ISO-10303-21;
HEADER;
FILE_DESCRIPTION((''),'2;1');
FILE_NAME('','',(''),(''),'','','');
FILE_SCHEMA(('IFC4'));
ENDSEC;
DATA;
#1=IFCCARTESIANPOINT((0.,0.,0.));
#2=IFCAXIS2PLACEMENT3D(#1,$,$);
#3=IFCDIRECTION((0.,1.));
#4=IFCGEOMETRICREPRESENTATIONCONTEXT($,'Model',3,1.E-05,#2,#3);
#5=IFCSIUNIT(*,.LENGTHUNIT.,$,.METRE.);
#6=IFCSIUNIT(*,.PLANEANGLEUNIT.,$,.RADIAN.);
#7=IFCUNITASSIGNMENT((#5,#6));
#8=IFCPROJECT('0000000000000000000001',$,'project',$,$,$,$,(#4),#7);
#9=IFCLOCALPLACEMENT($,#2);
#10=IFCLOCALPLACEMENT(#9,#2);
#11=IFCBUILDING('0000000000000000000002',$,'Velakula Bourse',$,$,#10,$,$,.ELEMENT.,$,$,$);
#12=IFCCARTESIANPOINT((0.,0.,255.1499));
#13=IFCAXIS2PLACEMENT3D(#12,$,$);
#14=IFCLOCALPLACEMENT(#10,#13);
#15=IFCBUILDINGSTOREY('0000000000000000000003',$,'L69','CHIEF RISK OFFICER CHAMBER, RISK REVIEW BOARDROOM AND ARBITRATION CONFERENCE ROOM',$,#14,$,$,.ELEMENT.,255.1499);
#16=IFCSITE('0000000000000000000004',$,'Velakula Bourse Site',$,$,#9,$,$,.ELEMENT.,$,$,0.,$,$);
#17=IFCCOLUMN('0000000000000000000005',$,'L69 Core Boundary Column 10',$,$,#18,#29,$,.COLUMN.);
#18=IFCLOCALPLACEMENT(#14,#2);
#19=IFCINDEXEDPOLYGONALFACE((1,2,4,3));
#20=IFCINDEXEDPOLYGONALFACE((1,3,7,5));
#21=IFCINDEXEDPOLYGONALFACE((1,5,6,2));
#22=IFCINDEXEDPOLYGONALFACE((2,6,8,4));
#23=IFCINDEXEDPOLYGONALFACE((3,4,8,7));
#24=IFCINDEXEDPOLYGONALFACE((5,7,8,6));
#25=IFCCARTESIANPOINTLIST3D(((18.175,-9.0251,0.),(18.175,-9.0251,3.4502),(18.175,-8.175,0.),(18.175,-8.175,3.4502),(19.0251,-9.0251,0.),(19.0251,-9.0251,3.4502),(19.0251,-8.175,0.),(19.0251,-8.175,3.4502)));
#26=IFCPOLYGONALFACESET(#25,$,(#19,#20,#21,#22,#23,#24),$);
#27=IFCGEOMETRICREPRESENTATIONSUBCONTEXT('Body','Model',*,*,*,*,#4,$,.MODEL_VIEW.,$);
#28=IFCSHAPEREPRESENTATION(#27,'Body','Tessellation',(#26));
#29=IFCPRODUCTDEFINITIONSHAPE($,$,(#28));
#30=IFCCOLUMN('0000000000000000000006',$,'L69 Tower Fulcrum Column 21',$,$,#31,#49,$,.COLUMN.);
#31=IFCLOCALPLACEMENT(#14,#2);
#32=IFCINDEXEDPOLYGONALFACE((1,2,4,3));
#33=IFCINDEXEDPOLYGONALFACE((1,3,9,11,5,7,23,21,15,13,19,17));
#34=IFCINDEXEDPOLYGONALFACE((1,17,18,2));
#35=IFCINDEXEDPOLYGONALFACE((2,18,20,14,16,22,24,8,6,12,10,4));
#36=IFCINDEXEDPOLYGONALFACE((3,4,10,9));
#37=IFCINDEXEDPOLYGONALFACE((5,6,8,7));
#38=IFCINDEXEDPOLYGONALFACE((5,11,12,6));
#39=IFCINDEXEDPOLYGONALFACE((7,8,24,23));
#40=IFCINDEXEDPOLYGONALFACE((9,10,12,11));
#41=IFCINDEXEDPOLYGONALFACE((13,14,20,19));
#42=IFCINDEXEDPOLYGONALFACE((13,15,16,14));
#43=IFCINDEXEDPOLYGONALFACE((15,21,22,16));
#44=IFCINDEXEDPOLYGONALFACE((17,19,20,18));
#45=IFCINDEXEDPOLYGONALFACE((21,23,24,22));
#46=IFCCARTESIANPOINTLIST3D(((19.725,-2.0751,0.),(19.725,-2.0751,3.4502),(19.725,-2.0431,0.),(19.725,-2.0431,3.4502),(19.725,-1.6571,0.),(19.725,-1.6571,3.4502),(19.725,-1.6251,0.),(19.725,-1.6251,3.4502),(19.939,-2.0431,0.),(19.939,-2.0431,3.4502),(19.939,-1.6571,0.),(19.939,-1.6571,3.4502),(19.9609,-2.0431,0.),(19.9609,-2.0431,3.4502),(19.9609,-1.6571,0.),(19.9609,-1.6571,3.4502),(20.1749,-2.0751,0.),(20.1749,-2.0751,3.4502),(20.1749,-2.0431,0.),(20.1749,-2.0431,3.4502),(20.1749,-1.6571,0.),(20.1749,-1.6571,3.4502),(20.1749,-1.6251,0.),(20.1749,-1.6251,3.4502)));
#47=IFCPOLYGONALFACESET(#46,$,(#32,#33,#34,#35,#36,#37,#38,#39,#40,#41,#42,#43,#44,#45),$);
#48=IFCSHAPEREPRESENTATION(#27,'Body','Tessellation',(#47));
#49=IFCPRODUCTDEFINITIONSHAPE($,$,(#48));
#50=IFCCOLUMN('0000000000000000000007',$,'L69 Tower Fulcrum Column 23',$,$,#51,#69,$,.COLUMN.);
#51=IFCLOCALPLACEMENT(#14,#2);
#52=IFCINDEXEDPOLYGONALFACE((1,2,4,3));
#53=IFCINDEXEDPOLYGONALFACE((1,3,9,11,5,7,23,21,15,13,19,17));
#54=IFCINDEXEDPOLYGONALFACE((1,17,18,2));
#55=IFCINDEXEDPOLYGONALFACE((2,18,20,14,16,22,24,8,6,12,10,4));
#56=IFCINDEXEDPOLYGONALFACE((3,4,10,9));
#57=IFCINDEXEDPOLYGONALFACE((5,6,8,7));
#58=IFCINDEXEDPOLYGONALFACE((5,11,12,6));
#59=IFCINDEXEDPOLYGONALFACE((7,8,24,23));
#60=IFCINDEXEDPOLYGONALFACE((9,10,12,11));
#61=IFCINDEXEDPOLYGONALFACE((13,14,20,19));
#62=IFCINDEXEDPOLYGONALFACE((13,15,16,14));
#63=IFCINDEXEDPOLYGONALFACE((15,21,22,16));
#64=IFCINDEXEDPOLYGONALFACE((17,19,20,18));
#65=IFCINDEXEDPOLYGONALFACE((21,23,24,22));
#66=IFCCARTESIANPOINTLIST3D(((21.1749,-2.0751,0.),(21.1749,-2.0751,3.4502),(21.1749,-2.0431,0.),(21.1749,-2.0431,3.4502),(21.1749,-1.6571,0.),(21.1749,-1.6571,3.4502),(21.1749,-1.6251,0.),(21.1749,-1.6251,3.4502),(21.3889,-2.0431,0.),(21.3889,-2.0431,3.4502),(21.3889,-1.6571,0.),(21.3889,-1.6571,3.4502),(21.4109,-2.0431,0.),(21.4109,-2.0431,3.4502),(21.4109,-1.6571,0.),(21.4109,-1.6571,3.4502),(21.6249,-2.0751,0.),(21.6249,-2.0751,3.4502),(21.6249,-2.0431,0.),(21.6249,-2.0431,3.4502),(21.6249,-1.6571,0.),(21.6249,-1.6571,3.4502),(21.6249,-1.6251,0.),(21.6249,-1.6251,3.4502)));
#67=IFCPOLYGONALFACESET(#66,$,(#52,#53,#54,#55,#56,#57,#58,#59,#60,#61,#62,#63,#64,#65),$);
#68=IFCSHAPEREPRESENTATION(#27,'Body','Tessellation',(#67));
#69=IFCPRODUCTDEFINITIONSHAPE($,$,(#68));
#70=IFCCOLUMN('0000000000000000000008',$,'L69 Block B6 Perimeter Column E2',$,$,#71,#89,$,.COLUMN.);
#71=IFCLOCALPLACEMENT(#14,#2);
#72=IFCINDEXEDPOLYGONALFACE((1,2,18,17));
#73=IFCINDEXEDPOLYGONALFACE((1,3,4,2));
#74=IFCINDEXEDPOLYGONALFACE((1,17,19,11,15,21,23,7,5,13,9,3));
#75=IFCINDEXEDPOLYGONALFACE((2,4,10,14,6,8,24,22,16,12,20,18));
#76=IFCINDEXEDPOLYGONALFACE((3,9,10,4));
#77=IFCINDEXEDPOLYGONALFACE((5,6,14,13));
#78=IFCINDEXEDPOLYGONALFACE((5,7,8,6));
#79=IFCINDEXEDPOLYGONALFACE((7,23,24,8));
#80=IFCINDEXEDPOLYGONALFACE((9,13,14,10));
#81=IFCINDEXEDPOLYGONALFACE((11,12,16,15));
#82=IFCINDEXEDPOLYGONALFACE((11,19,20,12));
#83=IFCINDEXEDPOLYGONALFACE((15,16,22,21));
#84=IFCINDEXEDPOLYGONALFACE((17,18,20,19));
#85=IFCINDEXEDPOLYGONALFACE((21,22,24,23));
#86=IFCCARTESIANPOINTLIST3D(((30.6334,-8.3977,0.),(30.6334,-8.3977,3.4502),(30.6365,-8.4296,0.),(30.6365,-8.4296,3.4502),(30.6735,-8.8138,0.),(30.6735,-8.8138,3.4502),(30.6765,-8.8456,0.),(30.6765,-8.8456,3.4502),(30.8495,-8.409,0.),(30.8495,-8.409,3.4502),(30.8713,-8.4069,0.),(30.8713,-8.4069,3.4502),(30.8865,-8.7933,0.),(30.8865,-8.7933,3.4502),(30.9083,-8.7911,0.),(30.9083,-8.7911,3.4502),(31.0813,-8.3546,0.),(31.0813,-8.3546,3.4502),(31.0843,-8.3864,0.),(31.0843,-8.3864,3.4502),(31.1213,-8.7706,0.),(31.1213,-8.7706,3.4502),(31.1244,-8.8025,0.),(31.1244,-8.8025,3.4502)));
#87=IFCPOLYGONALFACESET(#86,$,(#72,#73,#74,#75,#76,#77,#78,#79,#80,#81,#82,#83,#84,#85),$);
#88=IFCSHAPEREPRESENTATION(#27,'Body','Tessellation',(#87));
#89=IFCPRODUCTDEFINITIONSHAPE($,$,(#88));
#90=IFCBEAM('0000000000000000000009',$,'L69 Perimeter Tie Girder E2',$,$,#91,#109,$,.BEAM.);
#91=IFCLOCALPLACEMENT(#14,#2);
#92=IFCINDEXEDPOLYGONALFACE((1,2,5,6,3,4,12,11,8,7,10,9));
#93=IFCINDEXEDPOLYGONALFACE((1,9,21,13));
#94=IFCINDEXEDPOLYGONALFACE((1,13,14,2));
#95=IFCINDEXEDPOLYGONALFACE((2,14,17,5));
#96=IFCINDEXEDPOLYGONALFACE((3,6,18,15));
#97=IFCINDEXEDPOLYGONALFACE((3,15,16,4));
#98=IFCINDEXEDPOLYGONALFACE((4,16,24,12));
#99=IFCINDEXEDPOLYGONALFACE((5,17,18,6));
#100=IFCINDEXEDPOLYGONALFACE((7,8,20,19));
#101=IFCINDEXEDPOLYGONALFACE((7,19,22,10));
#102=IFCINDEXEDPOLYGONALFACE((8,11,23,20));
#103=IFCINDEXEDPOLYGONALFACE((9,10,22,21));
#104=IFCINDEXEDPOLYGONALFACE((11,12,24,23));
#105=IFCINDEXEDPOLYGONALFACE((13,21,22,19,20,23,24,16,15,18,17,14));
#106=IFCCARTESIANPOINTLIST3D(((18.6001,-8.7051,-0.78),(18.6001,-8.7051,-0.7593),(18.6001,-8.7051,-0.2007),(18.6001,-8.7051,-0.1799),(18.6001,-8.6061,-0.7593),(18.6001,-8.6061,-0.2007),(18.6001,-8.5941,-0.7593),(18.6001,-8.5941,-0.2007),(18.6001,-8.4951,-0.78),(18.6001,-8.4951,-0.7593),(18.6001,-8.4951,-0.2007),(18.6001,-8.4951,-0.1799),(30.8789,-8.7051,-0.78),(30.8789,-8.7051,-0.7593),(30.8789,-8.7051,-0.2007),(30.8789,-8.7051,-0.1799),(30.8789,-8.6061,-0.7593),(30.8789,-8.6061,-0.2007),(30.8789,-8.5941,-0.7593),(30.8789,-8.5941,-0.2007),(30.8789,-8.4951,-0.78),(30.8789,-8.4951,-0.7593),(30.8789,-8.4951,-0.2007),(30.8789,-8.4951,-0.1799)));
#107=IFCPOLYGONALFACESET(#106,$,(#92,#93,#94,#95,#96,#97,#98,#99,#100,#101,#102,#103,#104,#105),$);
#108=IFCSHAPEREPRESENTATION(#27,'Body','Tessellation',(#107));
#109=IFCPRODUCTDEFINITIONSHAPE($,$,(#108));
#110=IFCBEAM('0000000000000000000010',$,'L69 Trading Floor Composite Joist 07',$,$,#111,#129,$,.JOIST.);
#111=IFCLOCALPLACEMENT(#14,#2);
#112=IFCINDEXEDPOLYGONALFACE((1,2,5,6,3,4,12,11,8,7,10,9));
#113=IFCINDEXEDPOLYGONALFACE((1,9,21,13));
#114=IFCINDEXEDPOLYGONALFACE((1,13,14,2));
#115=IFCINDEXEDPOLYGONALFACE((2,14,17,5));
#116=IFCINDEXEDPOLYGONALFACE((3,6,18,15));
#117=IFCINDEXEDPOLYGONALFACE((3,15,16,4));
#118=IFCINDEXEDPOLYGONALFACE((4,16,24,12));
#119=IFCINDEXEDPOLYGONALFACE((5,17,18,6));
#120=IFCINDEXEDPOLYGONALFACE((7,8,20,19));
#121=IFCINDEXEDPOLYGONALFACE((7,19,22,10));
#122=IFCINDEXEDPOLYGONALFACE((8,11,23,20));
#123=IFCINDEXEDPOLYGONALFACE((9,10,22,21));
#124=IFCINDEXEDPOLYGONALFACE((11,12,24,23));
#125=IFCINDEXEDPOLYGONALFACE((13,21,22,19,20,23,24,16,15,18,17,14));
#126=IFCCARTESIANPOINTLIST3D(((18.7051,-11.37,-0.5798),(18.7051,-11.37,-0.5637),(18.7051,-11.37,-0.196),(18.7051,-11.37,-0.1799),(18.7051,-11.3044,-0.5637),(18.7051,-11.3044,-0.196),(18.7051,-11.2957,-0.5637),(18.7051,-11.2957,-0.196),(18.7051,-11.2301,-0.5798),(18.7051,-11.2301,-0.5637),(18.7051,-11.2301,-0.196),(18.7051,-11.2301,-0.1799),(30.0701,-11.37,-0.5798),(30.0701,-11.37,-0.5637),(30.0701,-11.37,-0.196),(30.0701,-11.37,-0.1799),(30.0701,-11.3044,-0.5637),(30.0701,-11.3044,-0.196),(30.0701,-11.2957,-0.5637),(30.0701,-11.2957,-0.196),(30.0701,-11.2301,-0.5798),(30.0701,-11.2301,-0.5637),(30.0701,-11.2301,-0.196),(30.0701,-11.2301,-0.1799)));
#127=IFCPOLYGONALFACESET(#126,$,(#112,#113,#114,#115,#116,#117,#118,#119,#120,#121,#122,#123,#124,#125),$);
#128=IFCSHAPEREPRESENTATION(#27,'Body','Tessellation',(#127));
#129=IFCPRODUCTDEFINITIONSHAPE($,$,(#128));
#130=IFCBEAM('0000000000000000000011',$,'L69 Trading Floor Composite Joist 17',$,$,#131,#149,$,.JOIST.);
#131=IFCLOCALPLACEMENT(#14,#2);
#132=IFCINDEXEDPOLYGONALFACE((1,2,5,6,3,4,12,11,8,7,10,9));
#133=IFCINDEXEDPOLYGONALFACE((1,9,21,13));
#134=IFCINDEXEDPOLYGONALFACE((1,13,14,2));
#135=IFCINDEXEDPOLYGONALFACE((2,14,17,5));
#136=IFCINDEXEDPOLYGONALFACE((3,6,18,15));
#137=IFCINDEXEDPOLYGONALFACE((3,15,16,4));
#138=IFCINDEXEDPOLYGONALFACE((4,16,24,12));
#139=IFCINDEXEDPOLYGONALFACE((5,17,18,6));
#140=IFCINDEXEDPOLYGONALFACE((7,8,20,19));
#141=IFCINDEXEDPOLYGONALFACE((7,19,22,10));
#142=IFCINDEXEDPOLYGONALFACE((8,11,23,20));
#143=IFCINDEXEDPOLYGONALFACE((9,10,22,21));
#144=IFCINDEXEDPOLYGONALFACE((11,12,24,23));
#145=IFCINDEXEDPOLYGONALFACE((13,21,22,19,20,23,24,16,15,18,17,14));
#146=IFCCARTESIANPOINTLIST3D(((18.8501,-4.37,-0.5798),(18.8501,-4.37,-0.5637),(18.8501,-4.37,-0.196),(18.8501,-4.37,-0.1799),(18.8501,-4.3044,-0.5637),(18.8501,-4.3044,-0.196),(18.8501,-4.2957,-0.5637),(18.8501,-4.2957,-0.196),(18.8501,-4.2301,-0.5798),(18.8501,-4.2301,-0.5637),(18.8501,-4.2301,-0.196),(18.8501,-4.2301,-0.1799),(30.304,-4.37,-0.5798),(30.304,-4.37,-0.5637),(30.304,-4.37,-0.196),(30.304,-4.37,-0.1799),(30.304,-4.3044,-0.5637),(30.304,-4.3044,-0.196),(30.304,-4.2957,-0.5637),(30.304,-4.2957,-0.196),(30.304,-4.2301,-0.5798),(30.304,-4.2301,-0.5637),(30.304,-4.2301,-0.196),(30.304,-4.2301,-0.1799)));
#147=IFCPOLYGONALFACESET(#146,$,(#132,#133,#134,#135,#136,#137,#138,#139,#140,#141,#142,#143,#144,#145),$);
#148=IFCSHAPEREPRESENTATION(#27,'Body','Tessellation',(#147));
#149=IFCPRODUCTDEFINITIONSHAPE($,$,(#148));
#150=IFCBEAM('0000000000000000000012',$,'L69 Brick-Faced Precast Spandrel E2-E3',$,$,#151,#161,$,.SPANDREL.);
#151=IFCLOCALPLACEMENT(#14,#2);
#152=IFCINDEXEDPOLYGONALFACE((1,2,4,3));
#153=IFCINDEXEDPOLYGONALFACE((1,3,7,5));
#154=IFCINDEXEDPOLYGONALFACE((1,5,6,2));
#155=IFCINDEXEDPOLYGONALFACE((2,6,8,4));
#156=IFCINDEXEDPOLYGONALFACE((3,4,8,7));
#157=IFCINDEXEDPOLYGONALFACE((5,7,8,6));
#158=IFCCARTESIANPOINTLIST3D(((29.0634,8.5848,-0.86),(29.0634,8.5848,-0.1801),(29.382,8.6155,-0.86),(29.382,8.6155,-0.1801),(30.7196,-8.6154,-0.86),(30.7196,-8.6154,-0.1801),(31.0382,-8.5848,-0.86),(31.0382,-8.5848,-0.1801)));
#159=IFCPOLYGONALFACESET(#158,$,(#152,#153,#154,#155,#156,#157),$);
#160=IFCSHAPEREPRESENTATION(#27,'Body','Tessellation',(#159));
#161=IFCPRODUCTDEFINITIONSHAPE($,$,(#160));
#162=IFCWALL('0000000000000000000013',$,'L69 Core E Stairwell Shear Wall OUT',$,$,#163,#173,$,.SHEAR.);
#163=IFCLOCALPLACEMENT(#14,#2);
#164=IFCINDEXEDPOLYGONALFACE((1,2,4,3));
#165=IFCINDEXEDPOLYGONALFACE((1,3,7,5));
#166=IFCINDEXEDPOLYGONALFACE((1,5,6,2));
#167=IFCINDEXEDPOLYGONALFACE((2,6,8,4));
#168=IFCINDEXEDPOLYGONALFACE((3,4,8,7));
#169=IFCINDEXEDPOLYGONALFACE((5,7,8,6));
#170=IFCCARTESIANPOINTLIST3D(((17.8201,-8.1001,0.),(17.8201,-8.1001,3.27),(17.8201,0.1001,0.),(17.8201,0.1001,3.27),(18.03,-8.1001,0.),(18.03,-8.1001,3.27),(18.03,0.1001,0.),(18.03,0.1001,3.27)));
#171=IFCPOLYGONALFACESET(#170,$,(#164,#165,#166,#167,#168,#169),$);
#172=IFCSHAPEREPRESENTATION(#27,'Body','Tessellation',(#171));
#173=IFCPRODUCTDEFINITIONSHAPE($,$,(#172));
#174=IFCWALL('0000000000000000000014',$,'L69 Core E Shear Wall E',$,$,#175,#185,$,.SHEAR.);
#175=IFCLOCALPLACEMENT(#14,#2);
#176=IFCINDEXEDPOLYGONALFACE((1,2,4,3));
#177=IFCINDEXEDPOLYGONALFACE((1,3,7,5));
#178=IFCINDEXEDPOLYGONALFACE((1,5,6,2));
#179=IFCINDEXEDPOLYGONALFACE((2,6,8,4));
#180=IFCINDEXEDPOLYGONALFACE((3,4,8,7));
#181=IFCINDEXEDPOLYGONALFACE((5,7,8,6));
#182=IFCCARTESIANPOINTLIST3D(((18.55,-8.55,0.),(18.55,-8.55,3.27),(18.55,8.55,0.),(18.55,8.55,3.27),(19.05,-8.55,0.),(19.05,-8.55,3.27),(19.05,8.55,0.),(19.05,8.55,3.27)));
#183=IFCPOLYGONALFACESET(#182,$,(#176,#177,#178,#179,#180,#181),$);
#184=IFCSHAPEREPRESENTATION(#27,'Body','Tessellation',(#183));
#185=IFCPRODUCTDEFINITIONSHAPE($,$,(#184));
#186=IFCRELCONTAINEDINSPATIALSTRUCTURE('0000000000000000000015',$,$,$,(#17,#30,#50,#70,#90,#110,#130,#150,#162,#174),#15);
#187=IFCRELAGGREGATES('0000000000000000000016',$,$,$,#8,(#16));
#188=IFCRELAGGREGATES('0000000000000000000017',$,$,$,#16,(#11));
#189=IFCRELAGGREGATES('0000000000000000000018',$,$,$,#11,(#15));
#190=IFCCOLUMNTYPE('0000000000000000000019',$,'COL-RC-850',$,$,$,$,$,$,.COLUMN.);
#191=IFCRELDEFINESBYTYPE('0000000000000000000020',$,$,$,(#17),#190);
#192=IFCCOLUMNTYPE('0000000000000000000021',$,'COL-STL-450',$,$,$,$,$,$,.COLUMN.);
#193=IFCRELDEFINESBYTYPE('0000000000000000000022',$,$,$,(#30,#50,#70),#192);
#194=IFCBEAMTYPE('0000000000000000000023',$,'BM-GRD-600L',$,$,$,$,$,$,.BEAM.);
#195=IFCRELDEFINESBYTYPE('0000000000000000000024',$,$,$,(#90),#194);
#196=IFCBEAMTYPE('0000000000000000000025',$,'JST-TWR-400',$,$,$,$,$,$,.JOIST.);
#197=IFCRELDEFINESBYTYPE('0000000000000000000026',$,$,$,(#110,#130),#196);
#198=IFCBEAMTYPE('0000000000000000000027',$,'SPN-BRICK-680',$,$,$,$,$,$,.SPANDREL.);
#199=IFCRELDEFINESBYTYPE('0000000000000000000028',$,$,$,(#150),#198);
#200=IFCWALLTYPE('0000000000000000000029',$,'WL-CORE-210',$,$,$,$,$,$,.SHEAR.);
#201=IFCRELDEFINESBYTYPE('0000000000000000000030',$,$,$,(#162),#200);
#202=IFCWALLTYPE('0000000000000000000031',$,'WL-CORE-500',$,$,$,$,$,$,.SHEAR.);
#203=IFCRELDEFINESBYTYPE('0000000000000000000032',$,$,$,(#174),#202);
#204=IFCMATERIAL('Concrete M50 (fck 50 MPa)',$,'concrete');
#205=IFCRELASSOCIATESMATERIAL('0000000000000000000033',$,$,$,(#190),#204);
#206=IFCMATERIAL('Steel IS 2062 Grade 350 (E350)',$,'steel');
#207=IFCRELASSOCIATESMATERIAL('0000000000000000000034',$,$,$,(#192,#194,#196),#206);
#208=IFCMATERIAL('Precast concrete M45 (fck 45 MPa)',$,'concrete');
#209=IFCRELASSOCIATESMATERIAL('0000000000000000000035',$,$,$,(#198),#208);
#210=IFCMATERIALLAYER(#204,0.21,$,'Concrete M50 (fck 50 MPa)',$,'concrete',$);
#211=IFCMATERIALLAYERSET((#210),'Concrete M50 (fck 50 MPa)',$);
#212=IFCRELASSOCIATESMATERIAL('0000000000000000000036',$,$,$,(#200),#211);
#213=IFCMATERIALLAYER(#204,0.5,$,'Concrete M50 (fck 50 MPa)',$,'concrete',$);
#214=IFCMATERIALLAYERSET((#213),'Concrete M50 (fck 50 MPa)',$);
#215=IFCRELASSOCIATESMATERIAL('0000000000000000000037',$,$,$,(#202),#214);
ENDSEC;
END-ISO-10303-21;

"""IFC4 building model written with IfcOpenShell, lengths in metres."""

from ifc_helpers import new_model, si_unit, direction, frame, frame_2d, origin, origin_2d, place, context, subcontext, project, spatial, rectangle, i_section, extrude, material, layer, layer_set, material_profile, profile_set, type_object, element, save


model = new_model("IFC4")

# Units and contexts
model_context = context("Model", 3, precision=1e-05, world=origin(), true_north=direction((0.0, 1.0)))
body_context = subcontext(model_context, "Body", "Model", "MODEL_VIEW")
ifc_project = project(units=[si_unit("LENGTHUNIT", "METRE"), si_unit("PLANEANGLEUNIT", "RADIAN")], contexts=[model_context])

# Site, building, storey
site_placement = place(None, origin())
site = spatial("IfcSite", under=ifc_project, at=site_placement, Name="Velakula Bourse Site", CompositionType="ELEMENT", RefElevation=0.0)
building_placement = place(site_placement, origin())
building = spatial("IfcBuilding", under=site, at=building_placement, Name="Velakula Bourse", CompositionType="ELEMENT")
storey_placement = place(building_placement, frame((0.0, 0.0, 255.1499)))
storey = spatial("IfcBuildingStorey", under=building, at=storey_placement, Name="L69", Description="CHIEF RISK OFFICER CHAMBER, RISK REVIEW BOARDROOM AND ARBITRATION CONFERENCE ROOM", CompositionType="ELEMENT", Elevation=255.1499)

# Columns
ifc_material_1 = material(Name="Concrete M50 (fck 50 MPa)", Category="concrete")
ifc_material_profile_1 = material_profile(ifc_material_1, rectangle(XDim=0.8501, YDim=0.8501, at=origin_2d()), Name="Concrete M50 (fck 50 MPa)")
ifc_profile_set_1 = profile_set([ifc_material_profile_1], Name="Concrete M50 (fck 50 MPa)")
column_type_1 = type_object("IfcColumnType", Name="COL-RC-850", PredefinedType="COLUMN", material=ifc_profile_set_1)
column_placement = place(storey_placement, frame((18.6001, -8.6001, 0.0), z_axis=(0.0, 0.0, 1.0), x_axis=(1.0, 0.0, 0.0)))
element("IfcColumn", 1, at=column_placement, inside=storey, type_object=column_type_1, Name="L69 Core Boundary Column 10", PredefinedType="COLUMN", context=body_context, shape_type="SweptSolid", body=[
    extrude(rectangle(XDim=0.8501, YDim=0.8501, at=origin_2d()), origin(), (0.0, 0.0, 1.0), 3.4502),
])
ifc_material_2 = material(Name="Steel IS 2062 Grade 350 (E350)", Category="steel")
ifc_material_profile_2 = material_profile(ifc_material_2, i_section(OverallWidth=0.45, OverallDepth=0.45, WebThickness=0.022, FlangeThickness=0.032, at=origin_2d()), Name="Steel IS 2062 Grade 350 (E350)")
ifc_profile_set_2 = profile_set([ifc_material_profile_2], Name="Steel IS 2062 Grade 350 (E350)")
column_type_2 = type_object("IfcColumnType", Name="COL-STL-450", PredefinedType="COLUMN", material=ifc_profile_set_2)
for number, where, z_axis, x_axis, name in (
    (2, (19.95, -1.8501, 0.0), (0.0, 0.0, 1.0), (1.0, 0.0, 0.0), "L69 Tower Fulcrum Column 21"),
    (3, (21.3999, -1.8501, 0.0), (0.0, 0.0, 1.0), (1.0, 0.0, 0.0), "L69 Tower Fulcrum Column 23"),
    (4, (30.8789, -8.6001, 0.0), (0.0, 0.0, 1.0), (0.995396, 0.095846, 0.0), "L69 Block B6 Perimeter Column E2"),
):
    element("IfcColumn", number, at=place(storey_placement, frame(where, z_axis=z_axis, x_axis=x_axis)), inside=storey, type_object=column_type_2, Name=name, PredefinedType="COLUMN", context=body_context, shape_type="SweptSolid", body=[
        extrude(i_section(OverallWidth=0.45, OverallDepth=0.45, WebThickness=0.022, FlangeThickness=0.032, at=origin_2d()), origin(), (0.0, 0.0, 1.0), 3.4502),
    ])

# Beams
ifc_material_profile_3 = material_profile(ifc_material_2, i_section(OverallWidth=0.21, OverallDepth=0.6001, WebThickness=0.012, FlangeThickness=0.0208, at=origin_2d()), Name="Steel IS 2062 Grade 350 (E350)")
ifc_profile_set_3 = profile_set([ifc_material_profile_3], Name="Steel IS 2062 Grade 350 (E350)")
beam_type_1 = type_object("IfcBeamType", Name="BM-GRD-600L", PredefinedType="BEAM", material=ifc_profile_set_3)
beam_1_placement = place(storey_placement, frame((18.6001, -8.6001, -0.48), z_axis=(1.0, 0.0, 0.0), x_axis=(0.0, 1.0, 0.0)))
element("IfcBeam", 5, at=beam_1_placement, inside=storey, type_object=beam_type_1, Name="L69 Perimeter Tie Girder E2", PredefinedType="BEAM", context=body_context, shape_type="SweptSolid", body=[
    extrude(i_section(OverallWidth=0.21, OverallDepth=0.6001, WebThickness=0.012, FlangeThickness=0.0208, at=origin_2d()), origin(), (0.0, 0.0, 1.0), 12.2788),
])
ifc_material_profile_4 = material_profile(ifc_material_2, i_section(OverallWidth=0.1399, OverallDepth=0.3999, WebThickness=0.0088, FlangeThickness=0.0161, at=origin_2d()), Name="Steel IS 2062 Grade 350 (E350)")
ifc_profile_set_4 = profile_set([ifc_material_profile_4], Name="Steel IS 2062 Grade 350 (E350)")
beam_type_2 = type_object("IfcBeamType", Name="JST-TWR-400", PredefinedType="JOIST", material=ifc_profile_set_4)
beam_2_placement = place(storey_placement, frame((18.7051, -11.3, -0.3799), z_axis=(1.0, 0.0, 0.0), x_axis=(0.0, 1.0, 0.0)))
element("IfcBeam", 6, at=beam_2_placement, inside=storey, type_object=beam_type_2, Name="L69 Trading Floor Composite Joist 07", PredefinedType="JOIST", context=body_context, shape_type="SweptSolid", body=[
    extrude(i_section(OverallWidth=0.1399, OverallDepth=0.3999, WebThickness=0.0088, FlangeThickness=0.0161, at=origin_2d()), origin(), (0.0, 0.0, 1.0), 11.365),
])
beam_3_placement = place(storey_placement, frame((18.8501, -4.3, -0.3799), z_axis=(1.0, 0.0, 0.0), x_axis=(0.0, 1.0, 0.0)))
element("IfcBeam", 7, at=beam_3_placement, inside=storey, type_object=beam_type_2, Name="L69 Trading Floor Composite Joist 17", PredefinedType="JOIST", context=body_context, shape_type="SweptSolid", body=[
    extrude(i_section(OverallWidth=0.1399, OverallDepth=0.3999, WebThickness=0.0088, FlangeThickness=0.0161, at=origin_2d()), origin(), (0.0, 0.0, 1.0), 11.4539),
])
ifc_material_3 = material(Name="Precast concrete M45 (fck 45 MPa)", Category="concrete")
ifc_material_profile_5 = material_profile(ifc_material_3, rectangle(XDim=0.3201, YDim=0.6799, at=origin_2d()), Name="Precast concrete M45 (fck 45 MPa)")
ifc_profile_set_5 = profile_set([ifc_material_profile_5], Name="Precast concrete M45 (fck 45 MPa)")
beam_type_3 = type_object("IfcBeamType", Name="SPN-BRICK-680", PredefinedType="SPANDREL", material=ifc_profile_set_5)
beam_4_placement = place(storey_placement, frame((30.8789, -8.6001, -0.52), z_axis=(-0.095849, 0.995396, 0.0), x_axis=(-0.995396, -0.095849, 0.0)))
element("IfcBeam", 8, at=beam_4_placement, inside=storey, type_object=beam_type_3, Name="L69 Brick-Faced Precast Spandrel E2-E3", PredefinedType="SPANDREL", context=body_context, shape_type="SweptSolid", body=[
    extrude(rectangle(XDim=0.3201, YDim=0.6799, at=origin_2d()), origin(), (0.0, 0.0, 1.0), 17.2798),
])

# Walls
ifc_layer_1 = layer(ifc_material_1, 0.21, Name="Concrete M50 (fck 50 MPa)", Category="concrete")
ifc_layer_set_1 = layer_set([ifc_layer_1], Name="Concrete M50 (fck 50 MPa)")
wall_type_1 = type_object("IfcWallType", Name="WL-CORE-210", PredefinedType="SHEAR", material=ifc_layer_set_1)
wall_1_placement = place(storey_placement, frame((17.925, -8.1001, 0.0), z_axis=(0.0, 0.0, 1.0), x_axis=(0.0, 1.0, 0.0)))
element("IfcWall", 9, at=wall_1_placement, inside=storey, type_object=wall_type_1, Name="L69 Core E Stairwell Shear Wall OUT", PredefinedType="SHEAR", context=body_context, shape_type="SweptSolid", body=[
    extrude(rectangle(XDim=8.2002, YDim=0.21, at=frame_2d((4.1001, 0.0))), origin(), (0.0, 0.0, 1.0), 3.27),
])
ifc_layer_2 = layer(ifc_material_1, 0.5, Name="Concrete M50 (fck 50 MPa)", Category="concrete")
ifc_layer_set_2 = layer_set([ifc_layer_2], Name="Concrete M50 (fck 50 MPa)")
wall_type_2 = type_object("IfcWallType", Name="WL-CORE-500", PredefinedType="SHEAR", material=ifc_layer_set_2)
wall_2_placement = place(storey_placement, frame((18.8, -8.55, 0.0), z_axis=(0.0, 0.0, 1.0), x_axis=(0.0, 1.0, 0.0)))
element("IfcWall", 10, at=wall_2_placement, inside=storey, type_object=wall_type_2, Name="L69 Core E Shear Wall E", PredefinedType="SHEAR", context=body_context, shape_type="SweptSolid", body=[
    extrude(rectangle(XDim=17.1001, YDim=0.5, at=frame_2d((8.55, 0.0))), origin(), (0.0, 0.0, 1.0), 3.27),
])

save(model, "model.ifc")
